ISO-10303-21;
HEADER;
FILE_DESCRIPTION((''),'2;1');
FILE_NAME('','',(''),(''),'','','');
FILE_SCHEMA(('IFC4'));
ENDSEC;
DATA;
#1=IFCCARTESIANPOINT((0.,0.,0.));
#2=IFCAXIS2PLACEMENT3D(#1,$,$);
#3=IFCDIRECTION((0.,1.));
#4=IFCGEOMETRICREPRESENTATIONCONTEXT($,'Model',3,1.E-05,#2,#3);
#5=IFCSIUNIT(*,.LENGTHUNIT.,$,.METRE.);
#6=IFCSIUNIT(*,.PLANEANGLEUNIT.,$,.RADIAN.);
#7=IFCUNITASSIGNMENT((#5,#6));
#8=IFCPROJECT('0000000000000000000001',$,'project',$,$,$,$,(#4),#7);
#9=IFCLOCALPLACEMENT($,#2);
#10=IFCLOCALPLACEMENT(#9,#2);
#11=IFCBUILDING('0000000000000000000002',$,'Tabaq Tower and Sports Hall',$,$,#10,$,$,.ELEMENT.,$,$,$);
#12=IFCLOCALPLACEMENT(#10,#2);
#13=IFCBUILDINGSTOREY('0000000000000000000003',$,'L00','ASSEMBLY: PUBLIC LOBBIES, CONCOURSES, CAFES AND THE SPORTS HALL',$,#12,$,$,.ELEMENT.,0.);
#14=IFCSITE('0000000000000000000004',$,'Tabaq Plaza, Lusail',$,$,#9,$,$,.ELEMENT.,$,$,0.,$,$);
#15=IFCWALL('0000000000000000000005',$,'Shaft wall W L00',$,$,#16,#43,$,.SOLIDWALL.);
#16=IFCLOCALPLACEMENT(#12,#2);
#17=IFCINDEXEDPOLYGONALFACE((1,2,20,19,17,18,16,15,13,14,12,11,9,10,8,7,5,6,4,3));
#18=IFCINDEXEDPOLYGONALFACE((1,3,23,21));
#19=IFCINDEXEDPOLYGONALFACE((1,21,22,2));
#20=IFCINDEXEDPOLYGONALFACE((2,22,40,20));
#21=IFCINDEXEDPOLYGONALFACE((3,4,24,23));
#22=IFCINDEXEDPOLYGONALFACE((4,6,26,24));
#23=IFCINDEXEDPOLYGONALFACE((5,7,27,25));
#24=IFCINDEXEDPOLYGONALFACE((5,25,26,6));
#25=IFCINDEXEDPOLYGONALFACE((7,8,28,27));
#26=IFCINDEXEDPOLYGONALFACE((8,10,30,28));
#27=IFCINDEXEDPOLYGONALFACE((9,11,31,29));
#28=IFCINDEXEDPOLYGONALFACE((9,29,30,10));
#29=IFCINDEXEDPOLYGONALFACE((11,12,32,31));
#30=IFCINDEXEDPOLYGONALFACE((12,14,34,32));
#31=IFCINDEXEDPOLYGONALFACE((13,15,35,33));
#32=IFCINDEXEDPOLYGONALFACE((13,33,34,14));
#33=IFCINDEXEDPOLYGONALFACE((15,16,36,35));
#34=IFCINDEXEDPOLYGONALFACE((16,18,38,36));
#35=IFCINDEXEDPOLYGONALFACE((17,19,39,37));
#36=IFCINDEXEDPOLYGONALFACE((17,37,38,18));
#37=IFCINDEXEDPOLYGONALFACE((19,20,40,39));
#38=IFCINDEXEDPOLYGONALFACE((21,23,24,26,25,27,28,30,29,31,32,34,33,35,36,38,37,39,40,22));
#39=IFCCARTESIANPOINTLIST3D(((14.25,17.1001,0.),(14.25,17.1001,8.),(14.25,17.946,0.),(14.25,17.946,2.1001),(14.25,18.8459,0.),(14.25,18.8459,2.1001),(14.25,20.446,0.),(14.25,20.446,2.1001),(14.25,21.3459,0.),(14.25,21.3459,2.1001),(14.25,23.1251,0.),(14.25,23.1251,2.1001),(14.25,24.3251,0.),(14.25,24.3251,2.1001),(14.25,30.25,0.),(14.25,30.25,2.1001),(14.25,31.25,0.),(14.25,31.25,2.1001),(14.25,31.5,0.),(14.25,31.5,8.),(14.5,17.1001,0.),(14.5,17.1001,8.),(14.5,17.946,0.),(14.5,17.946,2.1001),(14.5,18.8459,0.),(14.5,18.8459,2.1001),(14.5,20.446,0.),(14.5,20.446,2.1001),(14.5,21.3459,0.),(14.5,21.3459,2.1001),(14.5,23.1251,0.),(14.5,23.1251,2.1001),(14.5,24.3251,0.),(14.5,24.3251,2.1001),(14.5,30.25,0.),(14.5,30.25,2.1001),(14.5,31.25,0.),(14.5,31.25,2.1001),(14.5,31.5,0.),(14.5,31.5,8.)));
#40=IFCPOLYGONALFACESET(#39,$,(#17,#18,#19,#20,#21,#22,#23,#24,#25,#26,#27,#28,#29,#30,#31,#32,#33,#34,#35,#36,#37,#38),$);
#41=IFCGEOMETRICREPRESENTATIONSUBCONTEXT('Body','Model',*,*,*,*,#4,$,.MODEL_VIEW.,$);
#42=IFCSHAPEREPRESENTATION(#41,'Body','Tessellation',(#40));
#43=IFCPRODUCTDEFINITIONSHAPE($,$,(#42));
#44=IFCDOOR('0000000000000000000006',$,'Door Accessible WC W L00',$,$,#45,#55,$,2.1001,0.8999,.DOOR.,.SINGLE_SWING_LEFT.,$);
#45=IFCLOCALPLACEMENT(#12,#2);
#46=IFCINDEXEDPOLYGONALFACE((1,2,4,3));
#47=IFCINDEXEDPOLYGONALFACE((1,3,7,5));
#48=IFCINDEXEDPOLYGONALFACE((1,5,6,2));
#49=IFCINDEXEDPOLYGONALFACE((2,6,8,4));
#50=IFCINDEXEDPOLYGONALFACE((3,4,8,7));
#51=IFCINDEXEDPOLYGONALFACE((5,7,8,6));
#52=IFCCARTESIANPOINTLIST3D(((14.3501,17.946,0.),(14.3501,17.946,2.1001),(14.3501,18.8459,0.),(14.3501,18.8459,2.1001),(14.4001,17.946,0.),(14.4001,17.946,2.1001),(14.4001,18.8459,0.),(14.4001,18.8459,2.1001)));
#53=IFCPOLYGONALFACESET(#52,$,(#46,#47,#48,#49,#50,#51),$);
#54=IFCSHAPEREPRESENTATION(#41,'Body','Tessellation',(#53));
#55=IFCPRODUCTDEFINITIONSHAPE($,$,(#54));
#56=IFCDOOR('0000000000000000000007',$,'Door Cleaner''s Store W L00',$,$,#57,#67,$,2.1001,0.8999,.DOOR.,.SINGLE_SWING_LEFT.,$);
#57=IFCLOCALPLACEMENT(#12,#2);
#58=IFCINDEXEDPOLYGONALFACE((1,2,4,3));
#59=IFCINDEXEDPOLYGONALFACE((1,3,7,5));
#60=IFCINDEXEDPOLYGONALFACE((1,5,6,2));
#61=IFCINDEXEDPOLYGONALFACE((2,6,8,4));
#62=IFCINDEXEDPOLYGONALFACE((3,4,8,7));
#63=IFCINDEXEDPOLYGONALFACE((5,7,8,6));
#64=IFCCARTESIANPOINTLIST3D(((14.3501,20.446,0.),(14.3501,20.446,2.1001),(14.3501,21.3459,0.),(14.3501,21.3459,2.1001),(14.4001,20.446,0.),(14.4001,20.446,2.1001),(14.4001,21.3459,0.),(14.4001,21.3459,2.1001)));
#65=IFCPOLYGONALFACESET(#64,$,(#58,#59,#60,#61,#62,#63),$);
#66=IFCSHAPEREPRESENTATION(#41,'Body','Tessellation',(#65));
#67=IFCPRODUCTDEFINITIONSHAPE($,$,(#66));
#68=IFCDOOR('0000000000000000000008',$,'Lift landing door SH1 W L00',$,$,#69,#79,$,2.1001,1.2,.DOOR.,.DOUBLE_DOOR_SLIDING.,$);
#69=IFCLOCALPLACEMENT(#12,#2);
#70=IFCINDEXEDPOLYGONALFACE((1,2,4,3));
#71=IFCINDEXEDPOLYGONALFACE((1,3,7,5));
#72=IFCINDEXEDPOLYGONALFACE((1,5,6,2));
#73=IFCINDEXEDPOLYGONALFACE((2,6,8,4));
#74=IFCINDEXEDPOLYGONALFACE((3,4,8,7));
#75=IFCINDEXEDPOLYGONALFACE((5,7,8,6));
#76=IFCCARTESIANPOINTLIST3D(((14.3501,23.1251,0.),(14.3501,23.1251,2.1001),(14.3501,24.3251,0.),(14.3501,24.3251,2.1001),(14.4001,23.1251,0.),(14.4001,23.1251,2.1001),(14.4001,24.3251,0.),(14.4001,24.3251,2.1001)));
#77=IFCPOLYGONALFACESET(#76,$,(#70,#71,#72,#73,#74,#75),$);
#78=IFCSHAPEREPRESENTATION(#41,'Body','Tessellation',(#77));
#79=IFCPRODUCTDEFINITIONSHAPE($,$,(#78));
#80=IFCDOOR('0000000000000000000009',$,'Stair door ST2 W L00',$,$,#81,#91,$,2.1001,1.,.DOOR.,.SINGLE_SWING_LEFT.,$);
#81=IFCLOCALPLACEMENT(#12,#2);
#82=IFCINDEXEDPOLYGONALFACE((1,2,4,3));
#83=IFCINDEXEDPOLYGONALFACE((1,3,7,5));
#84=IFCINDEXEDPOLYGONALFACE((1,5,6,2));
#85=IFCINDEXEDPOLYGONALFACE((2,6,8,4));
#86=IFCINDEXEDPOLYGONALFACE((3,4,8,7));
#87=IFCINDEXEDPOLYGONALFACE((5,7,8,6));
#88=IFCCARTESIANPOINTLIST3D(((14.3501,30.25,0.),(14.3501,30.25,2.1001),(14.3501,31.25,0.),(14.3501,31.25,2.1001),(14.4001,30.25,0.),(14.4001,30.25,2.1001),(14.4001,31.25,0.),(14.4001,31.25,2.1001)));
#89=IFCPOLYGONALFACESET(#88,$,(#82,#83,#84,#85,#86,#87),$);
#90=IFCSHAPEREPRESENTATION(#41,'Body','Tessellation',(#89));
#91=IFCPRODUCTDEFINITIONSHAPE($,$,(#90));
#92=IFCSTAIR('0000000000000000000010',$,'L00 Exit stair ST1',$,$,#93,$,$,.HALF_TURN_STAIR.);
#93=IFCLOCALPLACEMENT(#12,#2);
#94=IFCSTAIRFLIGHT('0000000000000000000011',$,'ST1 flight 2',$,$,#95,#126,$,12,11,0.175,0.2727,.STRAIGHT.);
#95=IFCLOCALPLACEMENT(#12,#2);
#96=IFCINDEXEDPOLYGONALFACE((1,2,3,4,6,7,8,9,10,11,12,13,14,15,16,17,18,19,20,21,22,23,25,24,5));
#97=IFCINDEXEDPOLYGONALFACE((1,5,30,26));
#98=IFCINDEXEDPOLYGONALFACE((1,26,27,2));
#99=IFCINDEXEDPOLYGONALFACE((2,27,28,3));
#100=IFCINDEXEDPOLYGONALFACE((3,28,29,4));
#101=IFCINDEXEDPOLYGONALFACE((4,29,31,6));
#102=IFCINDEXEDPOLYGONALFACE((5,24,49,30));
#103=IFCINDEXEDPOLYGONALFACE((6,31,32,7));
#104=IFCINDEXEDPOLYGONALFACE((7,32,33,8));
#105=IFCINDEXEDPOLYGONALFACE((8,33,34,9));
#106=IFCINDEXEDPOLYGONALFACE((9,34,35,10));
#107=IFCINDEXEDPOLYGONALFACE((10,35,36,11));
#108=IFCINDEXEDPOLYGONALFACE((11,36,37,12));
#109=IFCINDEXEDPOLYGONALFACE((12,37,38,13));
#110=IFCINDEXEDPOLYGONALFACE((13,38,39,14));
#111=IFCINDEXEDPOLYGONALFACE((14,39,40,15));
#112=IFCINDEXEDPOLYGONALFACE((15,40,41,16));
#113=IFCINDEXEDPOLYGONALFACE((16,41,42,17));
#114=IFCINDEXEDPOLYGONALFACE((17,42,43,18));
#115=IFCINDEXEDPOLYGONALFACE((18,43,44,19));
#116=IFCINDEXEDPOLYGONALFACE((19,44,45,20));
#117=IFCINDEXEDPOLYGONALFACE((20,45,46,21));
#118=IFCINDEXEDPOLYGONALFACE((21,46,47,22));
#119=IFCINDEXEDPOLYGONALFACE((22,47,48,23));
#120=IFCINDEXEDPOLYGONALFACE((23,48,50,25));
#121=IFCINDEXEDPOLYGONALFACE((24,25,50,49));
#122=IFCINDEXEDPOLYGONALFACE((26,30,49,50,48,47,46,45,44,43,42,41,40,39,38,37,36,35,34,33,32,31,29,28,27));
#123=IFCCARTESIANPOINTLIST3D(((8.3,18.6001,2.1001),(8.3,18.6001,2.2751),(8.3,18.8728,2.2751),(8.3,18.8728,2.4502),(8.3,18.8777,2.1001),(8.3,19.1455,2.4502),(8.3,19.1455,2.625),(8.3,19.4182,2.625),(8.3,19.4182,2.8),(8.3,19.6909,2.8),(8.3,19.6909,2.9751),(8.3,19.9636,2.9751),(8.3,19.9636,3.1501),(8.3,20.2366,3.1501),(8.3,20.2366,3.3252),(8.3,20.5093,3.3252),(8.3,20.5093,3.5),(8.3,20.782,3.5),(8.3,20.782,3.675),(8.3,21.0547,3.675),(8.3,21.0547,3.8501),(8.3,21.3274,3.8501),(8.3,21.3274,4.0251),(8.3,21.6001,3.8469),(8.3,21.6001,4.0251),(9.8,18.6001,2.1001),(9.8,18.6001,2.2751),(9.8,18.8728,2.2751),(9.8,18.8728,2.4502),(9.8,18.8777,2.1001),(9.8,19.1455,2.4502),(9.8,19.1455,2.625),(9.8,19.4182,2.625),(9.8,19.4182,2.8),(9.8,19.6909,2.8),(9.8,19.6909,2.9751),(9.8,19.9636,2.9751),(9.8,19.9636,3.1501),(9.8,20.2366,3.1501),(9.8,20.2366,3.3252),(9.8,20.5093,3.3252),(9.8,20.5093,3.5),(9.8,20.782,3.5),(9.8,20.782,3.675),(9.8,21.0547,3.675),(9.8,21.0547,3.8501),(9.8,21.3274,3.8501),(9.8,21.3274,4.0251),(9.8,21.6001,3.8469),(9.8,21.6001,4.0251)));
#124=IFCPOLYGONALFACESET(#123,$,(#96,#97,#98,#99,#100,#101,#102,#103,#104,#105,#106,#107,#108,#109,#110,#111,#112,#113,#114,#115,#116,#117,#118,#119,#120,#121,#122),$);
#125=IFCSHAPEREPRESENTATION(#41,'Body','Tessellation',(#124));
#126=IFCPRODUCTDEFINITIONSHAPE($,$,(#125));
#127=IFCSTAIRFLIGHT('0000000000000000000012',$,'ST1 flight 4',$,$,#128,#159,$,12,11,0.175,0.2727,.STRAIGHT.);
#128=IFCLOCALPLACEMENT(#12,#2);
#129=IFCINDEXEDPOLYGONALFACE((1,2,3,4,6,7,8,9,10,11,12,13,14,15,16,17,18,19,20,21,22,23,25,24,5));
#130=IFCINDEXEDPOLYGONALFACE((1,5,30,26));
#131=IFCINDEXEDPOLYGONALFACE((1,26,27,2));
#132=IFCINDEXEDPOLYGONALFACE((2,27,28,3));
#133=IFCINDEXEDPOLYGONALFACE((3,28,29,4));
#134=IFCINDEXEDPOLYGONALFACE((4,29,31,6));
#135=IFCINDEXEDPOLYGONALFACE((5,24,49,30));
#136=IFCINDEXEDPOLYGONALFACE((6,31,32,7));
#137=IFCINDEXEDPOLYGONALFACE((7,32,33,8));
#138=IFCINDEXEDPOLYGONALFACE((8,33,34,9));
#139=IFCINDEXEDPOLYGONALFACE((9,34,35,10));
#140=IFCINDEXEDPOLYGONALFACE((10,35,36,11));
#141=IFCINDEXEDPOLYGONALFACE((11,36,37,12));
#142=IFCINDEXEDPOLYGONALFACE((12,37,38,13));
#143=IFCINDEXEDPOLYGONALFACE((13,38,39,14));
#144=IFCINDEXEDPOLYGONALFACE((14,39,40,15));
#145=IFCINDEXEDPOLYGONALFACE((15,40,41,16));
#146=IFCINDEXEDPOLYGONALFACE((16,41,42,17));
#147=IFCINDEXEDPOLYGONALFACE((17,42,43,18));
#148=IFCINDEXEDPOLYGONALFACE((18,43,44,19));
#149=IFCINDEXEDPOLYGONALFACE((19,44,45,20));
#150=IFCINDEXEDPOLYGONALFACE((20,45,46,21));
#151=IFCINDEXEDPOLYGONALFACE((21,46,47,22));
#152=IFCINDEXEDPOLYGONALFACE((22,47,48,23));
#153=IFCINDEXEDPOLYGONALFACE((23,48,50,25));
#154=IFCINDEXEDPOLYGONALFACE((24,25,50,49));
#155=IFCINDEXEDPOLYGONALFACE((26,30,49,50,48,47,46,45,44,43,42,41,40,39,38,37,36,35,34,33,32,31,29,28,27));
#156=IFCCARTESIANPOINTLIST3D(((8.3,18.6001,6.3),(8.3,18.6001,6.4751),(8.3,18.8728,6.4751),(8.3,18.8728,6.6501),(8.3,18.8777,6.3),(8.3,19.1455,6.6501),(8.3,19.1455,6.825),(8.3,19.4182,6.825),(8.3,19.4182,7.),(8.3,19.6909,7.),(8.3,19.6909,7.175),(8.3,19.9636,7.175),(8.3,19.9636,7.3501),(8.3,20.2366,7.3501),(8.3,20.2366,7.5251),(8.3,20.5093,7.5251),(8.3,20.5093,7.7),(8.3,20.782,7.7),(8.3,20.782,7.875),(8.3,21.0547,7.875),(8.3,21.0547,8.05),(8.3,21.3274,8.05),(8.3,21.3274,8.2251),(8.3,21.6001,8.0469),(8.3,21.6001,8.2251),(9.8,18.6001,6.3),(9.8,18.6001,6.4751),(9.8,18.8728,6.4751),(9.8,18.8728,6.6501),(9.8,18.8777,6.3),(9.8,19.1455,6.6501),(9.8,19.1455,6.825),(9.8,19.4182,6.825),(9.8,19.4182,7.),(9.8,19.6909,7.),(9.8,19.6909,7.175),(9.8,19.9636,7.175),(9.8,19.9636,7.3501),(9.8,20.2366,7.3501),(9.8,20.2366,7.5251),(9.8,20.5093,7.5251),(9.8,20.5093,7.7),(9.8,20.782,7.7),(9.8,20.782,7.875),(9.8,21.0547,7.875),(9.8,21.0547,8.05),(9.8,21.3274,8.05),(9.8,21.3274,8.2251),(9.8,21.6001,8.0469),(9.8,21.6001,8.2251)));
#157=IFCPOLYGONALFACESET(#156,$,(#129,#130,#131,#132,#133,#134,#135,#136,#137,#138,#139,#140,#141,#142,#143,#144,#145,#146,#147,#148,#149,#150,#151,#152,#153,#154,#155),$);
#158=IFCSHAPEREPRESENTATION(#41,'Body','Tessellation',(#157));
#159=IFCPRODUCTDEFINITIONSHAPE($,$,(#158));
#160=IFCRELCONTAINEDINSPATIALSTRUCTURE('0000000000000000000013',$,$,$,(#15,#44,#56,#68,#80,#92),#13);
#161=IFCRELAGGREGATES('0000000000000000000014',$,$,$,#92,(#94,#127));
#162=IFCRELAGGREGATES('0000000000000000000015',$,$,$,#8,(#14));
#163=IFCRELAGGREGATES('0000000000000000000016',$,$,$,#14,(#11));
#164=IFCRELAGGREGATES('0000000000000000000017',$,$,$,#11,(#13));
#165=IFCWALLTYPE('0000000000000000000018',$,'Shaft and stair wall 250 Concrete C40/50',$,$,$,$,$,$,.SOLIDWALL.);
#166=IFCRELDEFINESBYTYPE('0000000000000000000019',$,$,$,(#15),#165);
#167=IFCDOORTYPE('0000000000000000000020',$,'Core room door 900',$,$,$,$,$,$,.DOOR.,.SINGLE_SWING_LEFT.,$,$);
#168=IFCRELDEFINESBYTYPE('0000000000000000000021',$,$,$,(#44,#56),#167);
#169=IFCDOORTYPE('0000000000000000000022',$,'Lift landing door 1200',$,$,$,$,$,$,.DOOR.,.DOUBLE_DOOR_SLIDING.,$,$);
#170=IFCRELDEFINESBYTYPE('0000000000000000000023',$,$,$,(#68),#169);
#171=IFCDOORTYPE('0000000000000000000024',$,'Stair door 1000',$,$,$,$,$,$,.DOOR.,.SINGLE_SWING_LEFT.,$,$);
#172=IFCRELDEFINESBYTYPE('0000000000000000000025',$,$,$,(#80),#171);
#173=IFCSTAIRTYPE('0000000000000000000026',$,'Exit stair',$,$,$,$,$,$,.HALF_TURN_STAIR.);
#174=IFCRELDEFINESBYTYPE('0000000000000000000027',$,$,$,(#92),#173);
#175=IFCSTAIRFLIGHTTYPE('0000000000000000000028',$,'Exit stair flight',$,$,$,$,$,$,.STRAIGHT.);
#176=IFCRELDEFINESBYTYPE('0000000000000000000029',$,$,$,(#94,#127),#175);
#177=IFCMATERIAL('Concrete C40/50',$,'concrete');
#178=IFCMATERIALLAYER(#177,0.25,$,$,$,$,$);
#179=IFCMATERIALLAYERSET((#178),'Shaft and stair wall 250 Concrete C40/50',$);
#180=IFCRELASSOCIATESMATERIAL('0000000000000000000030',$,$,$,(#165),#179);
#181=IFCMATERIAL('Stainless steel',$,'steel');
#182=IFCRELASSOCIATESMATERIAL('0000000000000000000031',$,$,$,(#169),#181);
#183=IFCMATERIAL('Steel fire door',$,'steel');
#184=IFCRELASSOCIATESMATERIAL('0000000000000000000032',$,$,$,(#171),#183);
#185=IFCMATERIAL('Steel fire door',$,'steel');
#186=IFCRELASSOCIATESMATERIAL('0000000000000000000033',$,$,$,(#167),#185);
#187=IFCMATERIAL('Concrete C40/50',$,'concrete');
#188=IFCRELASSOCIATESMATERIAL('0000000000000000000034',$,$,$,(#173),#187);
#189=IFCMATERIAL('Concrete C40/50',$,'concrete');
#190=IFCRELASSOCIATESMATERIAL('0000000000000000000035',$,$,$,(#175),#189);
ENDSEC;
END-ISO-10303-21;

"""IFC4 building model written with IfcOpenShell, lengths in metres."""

from ifc_helpers import new_model, si_unit, direction, frame, frame_2d, origin, place, context, subcontext, project, spatial, polyline, rectangle, outline, extrude, material, layer, layer_set, type_object, element, fill, aggregate, save


model = new_model("IFC4")

# Units and contexts
model_context = context("Model", 3, precision=1e-05, world=origin(), true_north=direction((0.0, 1.0)))
body_context = subcontext(model_context, "Body", "Model", "MODEL_VIEW")
ifc_project = project(units=[si_unit("LENGTHUNIT", "METRE"), si_unit("PLANEANGLEUNIT", "RADIAN")], contexts=[model_context])

# Site, building, storey
site_placement = place(None, origin())
site = spatial("IfcSite", under=ifc_project, at=site_placement, Name="Tabaq Plaza, Lusail", CompositionType="ELEMENT", RefElevation=0.0)
building_placement = place(site_placement, origin())
building = spatial("IfcBuilding", under=site, at=building_placement, Name="Tabaq Tower and Sports Hall", CompositionType="ELEMENT")
storey_placement = place(building_placement, origin())
storey = spatial("IfcBuildingStorey", under=building, at=storey_placement, Name="L00", Description="ASSEMBLY: PUBLIC LOBBIES, CONCOURSES, CAFES AND THE SPORTS HALL", CompositionType="ELEMENT", Elevation=0.0)

# Wall, openings, doors
ifc_material_1 = material(Name="Concrete C40/50", Category="concrete")
ifc_layer_1 = layer(ifc_material_1, 0.25)
ifc_layer_set_1 = layer_set([ifc_layer_1], Name="Shaft and stair wall 250 Concrete C40/50")
wall_type_1 = type_object("IfcWallType", Name="Shaft and stair wall 250 Concrete C40/50", PredefinedType="SOLIDWALL", material=ifc_layer_set_1)
ifc_material_2 = material(Name="Stainless steel", Category="steel")
door_type_1 = type_object("IfcDoorType", Name="Lift landing door 1200", OperationType="DOUBLE_DOOR_SLIDING", PredefinedType="DOOR", material=ifc_material_2)
ifc_material_3 = material(Name="Steel fire door", Category="steel")
door_type_2 = type_object("IfcDoorType", Name="Stair door 1000", OperationType="SINGLE_SWING_LEFT", PredefinedType="DOOR", material=ifc_material_3)
wall_1_placement = place(storey_placement, frame((14.375, 17.1001, 0.0), z_axis=(0.0, 0.0, 1.0), x_axis=(0.0, 1.0, 0.0)))
wall_1 = element("IfcWall", 1, at=wall_1_placement, inside=storey, type_object=wall_type_1, Name="Shaft wall W L00", PredefinedType="SOLIDWALL", context=body_context, shape_type="SweptSolid", body=[
    extrude(rectangle(XDim=14.3999, YDim=0.25, at=frame_2d((7.2, 0.0))), origin(), (0.0, 0.0, 1.0), 8.0),
])
opening_1_placement = place(wall_1_placement, frame((13.1499, 0.0, 0.0)))
opening_1 = element("IfcOpeningElement", 2, at=opening_1_placement, cuts=wall_1, PredefinedType="OPENING", context=body_context, shape_type="SweptSolid", body=[
    extrude(rectangle(XDim=1.0, YDim=2.1001, at=frame_2d((0.5, 1.05))), frame((0.0, 0.125, 0.0), z_axis=(0.0, -1.0, 0.0), x_axis=(1.0, 0.0, 0.0)), (0.0, 0.0, 1.0), 0.25),
])
opening_2_placement = place(wall_1_placement, frame((6.0249, 0.0, 0.0)))
opening_2 = element("IfcOpeningElement", 3, at=opening_2_placement, cuts=wall_1, PredefinedType="OPENING", context=body_context, shape_type="SweptSolid", body=[
    extrude(rectangle(XDim=1.2, YDim=2.1001, at=frame_2d((0.6001, 1.05))), frame((0.0, 0.125, 0.0), z_axis=(0.0, -1.0, 0.0), x_axis=(1.0, 0.0, 0.0)), (0.0, 0.0, 1.0), 0.25),
])
opening_3_placement = place(wall_1_placement, frame((0.8459, 0.0, 0.0)))
opening_3 = element("IfcOpeningElement", 4, at=opening_3_placement, cuts=wall_1, PredefinedType="OPENING", context=body_context, shape_type="SweptSolid", body=[
    extrude(rectangle(XDim=0.8999, YDim=2.1001, at=frame_2d((0.45, 1.05))), frame((0.0, 0.125, 0.0), z_axis=(0.0, -1.0, 0.0), x_axis=(1.0, 0.0, 0.0)), (0.0, 0.0, 1.0), 0.25),
])
opening_4_placement = place(wall_1_placement, frame((3.3459, 0.0, 0.0)))
opening_4 = element("IfcOpeningElement", 5, at=opening_4_placement, cuts=wall_1, PredefinedType="OPENING", context=body_context, shape_type="SweptSolid", body=[
    extrude(rectangle(XDim=0.8999, YDim=2.1001, at=frame_2d((0.45, 1.05))), frame((0.0, 0.125, 0.0), z_axis=(0.0, -1.0, 0.0), x_axis=(1.0, 0.0, 0.0)), (0.0, 0.0, 1.0), 0.25),
])
ifc_material_4 = material(Name="Steel fire door", Category="steel")
door_type_3 = type_object("IfcDoorType", Name="Core room door 900", OperationType="SINGLE_SWING_LEFT", PredefinedType="DOOR", material=ifc_material_4)
door_1_placement = place(opening_3_placement, origin())
door_1 = element("IfcDoor", 6, at=door_1_placement, inside=storey, type_object=door_type_3, Name="Door Accessible WC W L00", OperationType="SINGLE_SWING_LEFT", OverallHeight=2.1001, OverallWidth=0.8999, PredefinedType="DOOR", context=body_context, shape_type="SweptSolid", body=[
    extrude(rectangle(XDim=0.8999, YDim=2.1001, at=frame_2d((0.45, 1.05))), frame((0.0, 0.0249, 0.0), z_axis=(0.0, -1.0, 0.0), x_axis=(1.0, 0.0, 0.0)), (0.0, 0.0, 1.0), 0.05),
])
fill(opening_3, door_1)
door_2_placement = place(opening_4_placement, origin())
door_2 = element("IfcDoor", 7, at=door_2_placement, inside=storey, type_object=door_type_3, Name="Door Cleaner's Store W L00", OperationType="SINGLE_SWING_LEFT", OverallHeight=2.1001, OverallWidth=0.8999, PredefinedType="DOOR", context=body_context, shape_type="SweptSolid", body=[
    extrude(rectangle(XDim=0.8999, YDim=2.1001, at=frame_2d((0.45, 1.05))), frame((0.0, 0.0249, 0.0), z_axis=(0.0, -1.0, 0.0), x_axis=(1.0, 0.0, 0.0)), (0.0, 0.0, 1.0), 0.05),
])
fill(opening_4, door_2)
door_3_placement = place(opening_2_placement, origin())
door_3 = element("IfcDoor", 8, at=door_3_placement, inside=storey, type_object=door_type_1, Name="Lift landing door SH1 W L00", OperationType="DOUBLE_DOOR_SLIDING", OverallHeight=2.1001, OverallWidth=1.2, PredefinedType="DOOR", context=body_context, shape_type="SweptSolid", body=[
    extrude(rectangle(XDim=1.2, YDim=2.1001, at=frame_2d((0.6001, 1.05))), frame((0.0, 0.0249, 0.0), z_axis=(0.0, -1.0, 0.0), x_axis=(1.0, 0.0, 0.0)), (0.0, 0.0, 1.0), 0.05),
])
fill(opening_2, door_3)
door_4_placement = place(opening_1_placement, origin())
door_4 = element("IfcDoor", 9, at=door_4_placement, inside=storey, type_object=door_type_2, Name="Stair door ST2 W L00", OperationType="SINGLE_SWING_LEFT", OverallHeight=2.1001, OverallWidth=1.0, PredefinedType="DOOR", context=body_context, shape_type="SweptSolid", body=[
    extrude(rectangle(XDim=1.0, YDim=2.1001, at=frame_2d((0.5, 1.05))), frame((0.0, 0.0249, 0.0), z_axis=(0.0, -1.0, 0.0), x_axis=(1.0, 0.0, 0.0)), (0.0, 0.0, 1.0), 0.05),
])
fill(opening_1, door_4)

# Stair, stair flights
ifc_material_5 = material(Name="Concrete C40/50", Category="concrete")
stair_type = type_object("IfcStairType", Name="Exit stair", PredefinedType="HALF_TURN_STAIR", material=ifc_material_5)
stair_placement = place(storey_placement, origin())
stair = element("IfcStair", 10, at=stair_placement, inside=storey, type_object=stair_type, Name="L00 Exit stair ST1", PredefinedType="HALF_TURN_STAIR")
ifc_material_6 = material(Name="Concrete C40/50", Category="concrete")
stair_flight_type = type_object("IfcStairFlightType", Name="Exit stair flight", PredefinedType="STRAIGHT", material=ifc_material_6)
stair_flight_1_placement = place(storey_placement, frame((9.05, 18.6001, 2.1001), z_axis=(0.0, 0.0, 1.0), x_axis=(0.0, 1.0, 0.0)))
stair_flight_1 = element("IfcStairFlight", 11, at=stair_flight_1_placement, type_object=stair_flight_type, Name="ST1 flight 2", NumberOfRisers=12, NumberOfTreads=11, PredefinedType="STRAIGHT", RiserHeight=0.175, TreadLength=0.2727, context=body_context, shape_type="SweptSolid", body=[
    extrude(outline(polyline([(0.0, 0.0), (0.0, 0.175), (0.2727, 0.175), (0.2727, 0.3501), (0.5454, 0.3501), (0.5454, 0.5249), (0.8181, 0.5249), (0.8181, 0.7), (1.0908, 0.7), (1.0908, 0.875), (1.3635, 0.875), (1.3635, 1.05), (1.6365, 1.05), (1.6365, 1.2251), (1.9092, 1.2251), (1.9092, 1.3999), (2.1819, 1.3999), (2.1819, 1.575), (2.4546, 1.575), (2.4546, 1.75), (2.7273, 1.75), (2.7273, 1.925), (3.0, 1.925), (3.0, 2.1001), (3.0, 1.7468), (0.2776, 0.0), (0.0, 0.0)])), frame((0.0, 0.75, 0.0), z_axis=(0.0, -1.0, 0.0), x_axis=(1.0, 0.0, 0.0)), (0.0, 0.0, 1.0), 1.5),
])
stair_flight_2_placement = place(storey_placement, frame((9.05, 18.6001, 6.3), z_axis=(0.0, 0.0, 1.0), x_axis=(0.0, 1.0, 0.0)))
stair_flight_2 = element("IfcStairFlight", 12, at=stair_flight_2_placement, type_object=stair_flight_type, Name="ST1 flight 4", NumberOfRisers=12, NumberOfTreads=11, PredefinedType="STRAIGHT", RiserHeight=0.175, TreadLength=0.2727, context=body_context, shape_type="SweptSolid", body=[
    extrude(outline(polyline([(0.0, 0.0), (0.0, 0.175), (0.2727, 0.175), (0.2727, 0.3501), (0.5454, 0.3501), (0.5454, 0.5249), (0.8181, 0.5249), (0.8181, 0.7), (1.0908, 0.7), (1.0908, 0.875), (1.3635, 0.875), (1.3635, 1.05), (1.6365, 1.05), (1.6365, 1.2251), (1.9092, 1.2251), (1.9092, 1.3999), (2.1819, 1.3999), (2.1819, 1.575), (2.4546, 1.575), (2.4546, 1.75), (2.7273, 1.75), (2.7273, 1.925), (3.0, 1.925), (3.0, 2.1001), (3.0, 1.7468), (0.2776, 0.0), (0.0, 0.0)])), frame((0.0, 0.75, 0.0), z_axis=(0.0, -1.0, 0.0), x_axis=(1.0, 0.0, 0.0)), (0.0, 0.0, 1.0), 1.5),
])
aggregate(stair, [stair_flight_1, stair_flight_2])

save(model, "model.ifc")
